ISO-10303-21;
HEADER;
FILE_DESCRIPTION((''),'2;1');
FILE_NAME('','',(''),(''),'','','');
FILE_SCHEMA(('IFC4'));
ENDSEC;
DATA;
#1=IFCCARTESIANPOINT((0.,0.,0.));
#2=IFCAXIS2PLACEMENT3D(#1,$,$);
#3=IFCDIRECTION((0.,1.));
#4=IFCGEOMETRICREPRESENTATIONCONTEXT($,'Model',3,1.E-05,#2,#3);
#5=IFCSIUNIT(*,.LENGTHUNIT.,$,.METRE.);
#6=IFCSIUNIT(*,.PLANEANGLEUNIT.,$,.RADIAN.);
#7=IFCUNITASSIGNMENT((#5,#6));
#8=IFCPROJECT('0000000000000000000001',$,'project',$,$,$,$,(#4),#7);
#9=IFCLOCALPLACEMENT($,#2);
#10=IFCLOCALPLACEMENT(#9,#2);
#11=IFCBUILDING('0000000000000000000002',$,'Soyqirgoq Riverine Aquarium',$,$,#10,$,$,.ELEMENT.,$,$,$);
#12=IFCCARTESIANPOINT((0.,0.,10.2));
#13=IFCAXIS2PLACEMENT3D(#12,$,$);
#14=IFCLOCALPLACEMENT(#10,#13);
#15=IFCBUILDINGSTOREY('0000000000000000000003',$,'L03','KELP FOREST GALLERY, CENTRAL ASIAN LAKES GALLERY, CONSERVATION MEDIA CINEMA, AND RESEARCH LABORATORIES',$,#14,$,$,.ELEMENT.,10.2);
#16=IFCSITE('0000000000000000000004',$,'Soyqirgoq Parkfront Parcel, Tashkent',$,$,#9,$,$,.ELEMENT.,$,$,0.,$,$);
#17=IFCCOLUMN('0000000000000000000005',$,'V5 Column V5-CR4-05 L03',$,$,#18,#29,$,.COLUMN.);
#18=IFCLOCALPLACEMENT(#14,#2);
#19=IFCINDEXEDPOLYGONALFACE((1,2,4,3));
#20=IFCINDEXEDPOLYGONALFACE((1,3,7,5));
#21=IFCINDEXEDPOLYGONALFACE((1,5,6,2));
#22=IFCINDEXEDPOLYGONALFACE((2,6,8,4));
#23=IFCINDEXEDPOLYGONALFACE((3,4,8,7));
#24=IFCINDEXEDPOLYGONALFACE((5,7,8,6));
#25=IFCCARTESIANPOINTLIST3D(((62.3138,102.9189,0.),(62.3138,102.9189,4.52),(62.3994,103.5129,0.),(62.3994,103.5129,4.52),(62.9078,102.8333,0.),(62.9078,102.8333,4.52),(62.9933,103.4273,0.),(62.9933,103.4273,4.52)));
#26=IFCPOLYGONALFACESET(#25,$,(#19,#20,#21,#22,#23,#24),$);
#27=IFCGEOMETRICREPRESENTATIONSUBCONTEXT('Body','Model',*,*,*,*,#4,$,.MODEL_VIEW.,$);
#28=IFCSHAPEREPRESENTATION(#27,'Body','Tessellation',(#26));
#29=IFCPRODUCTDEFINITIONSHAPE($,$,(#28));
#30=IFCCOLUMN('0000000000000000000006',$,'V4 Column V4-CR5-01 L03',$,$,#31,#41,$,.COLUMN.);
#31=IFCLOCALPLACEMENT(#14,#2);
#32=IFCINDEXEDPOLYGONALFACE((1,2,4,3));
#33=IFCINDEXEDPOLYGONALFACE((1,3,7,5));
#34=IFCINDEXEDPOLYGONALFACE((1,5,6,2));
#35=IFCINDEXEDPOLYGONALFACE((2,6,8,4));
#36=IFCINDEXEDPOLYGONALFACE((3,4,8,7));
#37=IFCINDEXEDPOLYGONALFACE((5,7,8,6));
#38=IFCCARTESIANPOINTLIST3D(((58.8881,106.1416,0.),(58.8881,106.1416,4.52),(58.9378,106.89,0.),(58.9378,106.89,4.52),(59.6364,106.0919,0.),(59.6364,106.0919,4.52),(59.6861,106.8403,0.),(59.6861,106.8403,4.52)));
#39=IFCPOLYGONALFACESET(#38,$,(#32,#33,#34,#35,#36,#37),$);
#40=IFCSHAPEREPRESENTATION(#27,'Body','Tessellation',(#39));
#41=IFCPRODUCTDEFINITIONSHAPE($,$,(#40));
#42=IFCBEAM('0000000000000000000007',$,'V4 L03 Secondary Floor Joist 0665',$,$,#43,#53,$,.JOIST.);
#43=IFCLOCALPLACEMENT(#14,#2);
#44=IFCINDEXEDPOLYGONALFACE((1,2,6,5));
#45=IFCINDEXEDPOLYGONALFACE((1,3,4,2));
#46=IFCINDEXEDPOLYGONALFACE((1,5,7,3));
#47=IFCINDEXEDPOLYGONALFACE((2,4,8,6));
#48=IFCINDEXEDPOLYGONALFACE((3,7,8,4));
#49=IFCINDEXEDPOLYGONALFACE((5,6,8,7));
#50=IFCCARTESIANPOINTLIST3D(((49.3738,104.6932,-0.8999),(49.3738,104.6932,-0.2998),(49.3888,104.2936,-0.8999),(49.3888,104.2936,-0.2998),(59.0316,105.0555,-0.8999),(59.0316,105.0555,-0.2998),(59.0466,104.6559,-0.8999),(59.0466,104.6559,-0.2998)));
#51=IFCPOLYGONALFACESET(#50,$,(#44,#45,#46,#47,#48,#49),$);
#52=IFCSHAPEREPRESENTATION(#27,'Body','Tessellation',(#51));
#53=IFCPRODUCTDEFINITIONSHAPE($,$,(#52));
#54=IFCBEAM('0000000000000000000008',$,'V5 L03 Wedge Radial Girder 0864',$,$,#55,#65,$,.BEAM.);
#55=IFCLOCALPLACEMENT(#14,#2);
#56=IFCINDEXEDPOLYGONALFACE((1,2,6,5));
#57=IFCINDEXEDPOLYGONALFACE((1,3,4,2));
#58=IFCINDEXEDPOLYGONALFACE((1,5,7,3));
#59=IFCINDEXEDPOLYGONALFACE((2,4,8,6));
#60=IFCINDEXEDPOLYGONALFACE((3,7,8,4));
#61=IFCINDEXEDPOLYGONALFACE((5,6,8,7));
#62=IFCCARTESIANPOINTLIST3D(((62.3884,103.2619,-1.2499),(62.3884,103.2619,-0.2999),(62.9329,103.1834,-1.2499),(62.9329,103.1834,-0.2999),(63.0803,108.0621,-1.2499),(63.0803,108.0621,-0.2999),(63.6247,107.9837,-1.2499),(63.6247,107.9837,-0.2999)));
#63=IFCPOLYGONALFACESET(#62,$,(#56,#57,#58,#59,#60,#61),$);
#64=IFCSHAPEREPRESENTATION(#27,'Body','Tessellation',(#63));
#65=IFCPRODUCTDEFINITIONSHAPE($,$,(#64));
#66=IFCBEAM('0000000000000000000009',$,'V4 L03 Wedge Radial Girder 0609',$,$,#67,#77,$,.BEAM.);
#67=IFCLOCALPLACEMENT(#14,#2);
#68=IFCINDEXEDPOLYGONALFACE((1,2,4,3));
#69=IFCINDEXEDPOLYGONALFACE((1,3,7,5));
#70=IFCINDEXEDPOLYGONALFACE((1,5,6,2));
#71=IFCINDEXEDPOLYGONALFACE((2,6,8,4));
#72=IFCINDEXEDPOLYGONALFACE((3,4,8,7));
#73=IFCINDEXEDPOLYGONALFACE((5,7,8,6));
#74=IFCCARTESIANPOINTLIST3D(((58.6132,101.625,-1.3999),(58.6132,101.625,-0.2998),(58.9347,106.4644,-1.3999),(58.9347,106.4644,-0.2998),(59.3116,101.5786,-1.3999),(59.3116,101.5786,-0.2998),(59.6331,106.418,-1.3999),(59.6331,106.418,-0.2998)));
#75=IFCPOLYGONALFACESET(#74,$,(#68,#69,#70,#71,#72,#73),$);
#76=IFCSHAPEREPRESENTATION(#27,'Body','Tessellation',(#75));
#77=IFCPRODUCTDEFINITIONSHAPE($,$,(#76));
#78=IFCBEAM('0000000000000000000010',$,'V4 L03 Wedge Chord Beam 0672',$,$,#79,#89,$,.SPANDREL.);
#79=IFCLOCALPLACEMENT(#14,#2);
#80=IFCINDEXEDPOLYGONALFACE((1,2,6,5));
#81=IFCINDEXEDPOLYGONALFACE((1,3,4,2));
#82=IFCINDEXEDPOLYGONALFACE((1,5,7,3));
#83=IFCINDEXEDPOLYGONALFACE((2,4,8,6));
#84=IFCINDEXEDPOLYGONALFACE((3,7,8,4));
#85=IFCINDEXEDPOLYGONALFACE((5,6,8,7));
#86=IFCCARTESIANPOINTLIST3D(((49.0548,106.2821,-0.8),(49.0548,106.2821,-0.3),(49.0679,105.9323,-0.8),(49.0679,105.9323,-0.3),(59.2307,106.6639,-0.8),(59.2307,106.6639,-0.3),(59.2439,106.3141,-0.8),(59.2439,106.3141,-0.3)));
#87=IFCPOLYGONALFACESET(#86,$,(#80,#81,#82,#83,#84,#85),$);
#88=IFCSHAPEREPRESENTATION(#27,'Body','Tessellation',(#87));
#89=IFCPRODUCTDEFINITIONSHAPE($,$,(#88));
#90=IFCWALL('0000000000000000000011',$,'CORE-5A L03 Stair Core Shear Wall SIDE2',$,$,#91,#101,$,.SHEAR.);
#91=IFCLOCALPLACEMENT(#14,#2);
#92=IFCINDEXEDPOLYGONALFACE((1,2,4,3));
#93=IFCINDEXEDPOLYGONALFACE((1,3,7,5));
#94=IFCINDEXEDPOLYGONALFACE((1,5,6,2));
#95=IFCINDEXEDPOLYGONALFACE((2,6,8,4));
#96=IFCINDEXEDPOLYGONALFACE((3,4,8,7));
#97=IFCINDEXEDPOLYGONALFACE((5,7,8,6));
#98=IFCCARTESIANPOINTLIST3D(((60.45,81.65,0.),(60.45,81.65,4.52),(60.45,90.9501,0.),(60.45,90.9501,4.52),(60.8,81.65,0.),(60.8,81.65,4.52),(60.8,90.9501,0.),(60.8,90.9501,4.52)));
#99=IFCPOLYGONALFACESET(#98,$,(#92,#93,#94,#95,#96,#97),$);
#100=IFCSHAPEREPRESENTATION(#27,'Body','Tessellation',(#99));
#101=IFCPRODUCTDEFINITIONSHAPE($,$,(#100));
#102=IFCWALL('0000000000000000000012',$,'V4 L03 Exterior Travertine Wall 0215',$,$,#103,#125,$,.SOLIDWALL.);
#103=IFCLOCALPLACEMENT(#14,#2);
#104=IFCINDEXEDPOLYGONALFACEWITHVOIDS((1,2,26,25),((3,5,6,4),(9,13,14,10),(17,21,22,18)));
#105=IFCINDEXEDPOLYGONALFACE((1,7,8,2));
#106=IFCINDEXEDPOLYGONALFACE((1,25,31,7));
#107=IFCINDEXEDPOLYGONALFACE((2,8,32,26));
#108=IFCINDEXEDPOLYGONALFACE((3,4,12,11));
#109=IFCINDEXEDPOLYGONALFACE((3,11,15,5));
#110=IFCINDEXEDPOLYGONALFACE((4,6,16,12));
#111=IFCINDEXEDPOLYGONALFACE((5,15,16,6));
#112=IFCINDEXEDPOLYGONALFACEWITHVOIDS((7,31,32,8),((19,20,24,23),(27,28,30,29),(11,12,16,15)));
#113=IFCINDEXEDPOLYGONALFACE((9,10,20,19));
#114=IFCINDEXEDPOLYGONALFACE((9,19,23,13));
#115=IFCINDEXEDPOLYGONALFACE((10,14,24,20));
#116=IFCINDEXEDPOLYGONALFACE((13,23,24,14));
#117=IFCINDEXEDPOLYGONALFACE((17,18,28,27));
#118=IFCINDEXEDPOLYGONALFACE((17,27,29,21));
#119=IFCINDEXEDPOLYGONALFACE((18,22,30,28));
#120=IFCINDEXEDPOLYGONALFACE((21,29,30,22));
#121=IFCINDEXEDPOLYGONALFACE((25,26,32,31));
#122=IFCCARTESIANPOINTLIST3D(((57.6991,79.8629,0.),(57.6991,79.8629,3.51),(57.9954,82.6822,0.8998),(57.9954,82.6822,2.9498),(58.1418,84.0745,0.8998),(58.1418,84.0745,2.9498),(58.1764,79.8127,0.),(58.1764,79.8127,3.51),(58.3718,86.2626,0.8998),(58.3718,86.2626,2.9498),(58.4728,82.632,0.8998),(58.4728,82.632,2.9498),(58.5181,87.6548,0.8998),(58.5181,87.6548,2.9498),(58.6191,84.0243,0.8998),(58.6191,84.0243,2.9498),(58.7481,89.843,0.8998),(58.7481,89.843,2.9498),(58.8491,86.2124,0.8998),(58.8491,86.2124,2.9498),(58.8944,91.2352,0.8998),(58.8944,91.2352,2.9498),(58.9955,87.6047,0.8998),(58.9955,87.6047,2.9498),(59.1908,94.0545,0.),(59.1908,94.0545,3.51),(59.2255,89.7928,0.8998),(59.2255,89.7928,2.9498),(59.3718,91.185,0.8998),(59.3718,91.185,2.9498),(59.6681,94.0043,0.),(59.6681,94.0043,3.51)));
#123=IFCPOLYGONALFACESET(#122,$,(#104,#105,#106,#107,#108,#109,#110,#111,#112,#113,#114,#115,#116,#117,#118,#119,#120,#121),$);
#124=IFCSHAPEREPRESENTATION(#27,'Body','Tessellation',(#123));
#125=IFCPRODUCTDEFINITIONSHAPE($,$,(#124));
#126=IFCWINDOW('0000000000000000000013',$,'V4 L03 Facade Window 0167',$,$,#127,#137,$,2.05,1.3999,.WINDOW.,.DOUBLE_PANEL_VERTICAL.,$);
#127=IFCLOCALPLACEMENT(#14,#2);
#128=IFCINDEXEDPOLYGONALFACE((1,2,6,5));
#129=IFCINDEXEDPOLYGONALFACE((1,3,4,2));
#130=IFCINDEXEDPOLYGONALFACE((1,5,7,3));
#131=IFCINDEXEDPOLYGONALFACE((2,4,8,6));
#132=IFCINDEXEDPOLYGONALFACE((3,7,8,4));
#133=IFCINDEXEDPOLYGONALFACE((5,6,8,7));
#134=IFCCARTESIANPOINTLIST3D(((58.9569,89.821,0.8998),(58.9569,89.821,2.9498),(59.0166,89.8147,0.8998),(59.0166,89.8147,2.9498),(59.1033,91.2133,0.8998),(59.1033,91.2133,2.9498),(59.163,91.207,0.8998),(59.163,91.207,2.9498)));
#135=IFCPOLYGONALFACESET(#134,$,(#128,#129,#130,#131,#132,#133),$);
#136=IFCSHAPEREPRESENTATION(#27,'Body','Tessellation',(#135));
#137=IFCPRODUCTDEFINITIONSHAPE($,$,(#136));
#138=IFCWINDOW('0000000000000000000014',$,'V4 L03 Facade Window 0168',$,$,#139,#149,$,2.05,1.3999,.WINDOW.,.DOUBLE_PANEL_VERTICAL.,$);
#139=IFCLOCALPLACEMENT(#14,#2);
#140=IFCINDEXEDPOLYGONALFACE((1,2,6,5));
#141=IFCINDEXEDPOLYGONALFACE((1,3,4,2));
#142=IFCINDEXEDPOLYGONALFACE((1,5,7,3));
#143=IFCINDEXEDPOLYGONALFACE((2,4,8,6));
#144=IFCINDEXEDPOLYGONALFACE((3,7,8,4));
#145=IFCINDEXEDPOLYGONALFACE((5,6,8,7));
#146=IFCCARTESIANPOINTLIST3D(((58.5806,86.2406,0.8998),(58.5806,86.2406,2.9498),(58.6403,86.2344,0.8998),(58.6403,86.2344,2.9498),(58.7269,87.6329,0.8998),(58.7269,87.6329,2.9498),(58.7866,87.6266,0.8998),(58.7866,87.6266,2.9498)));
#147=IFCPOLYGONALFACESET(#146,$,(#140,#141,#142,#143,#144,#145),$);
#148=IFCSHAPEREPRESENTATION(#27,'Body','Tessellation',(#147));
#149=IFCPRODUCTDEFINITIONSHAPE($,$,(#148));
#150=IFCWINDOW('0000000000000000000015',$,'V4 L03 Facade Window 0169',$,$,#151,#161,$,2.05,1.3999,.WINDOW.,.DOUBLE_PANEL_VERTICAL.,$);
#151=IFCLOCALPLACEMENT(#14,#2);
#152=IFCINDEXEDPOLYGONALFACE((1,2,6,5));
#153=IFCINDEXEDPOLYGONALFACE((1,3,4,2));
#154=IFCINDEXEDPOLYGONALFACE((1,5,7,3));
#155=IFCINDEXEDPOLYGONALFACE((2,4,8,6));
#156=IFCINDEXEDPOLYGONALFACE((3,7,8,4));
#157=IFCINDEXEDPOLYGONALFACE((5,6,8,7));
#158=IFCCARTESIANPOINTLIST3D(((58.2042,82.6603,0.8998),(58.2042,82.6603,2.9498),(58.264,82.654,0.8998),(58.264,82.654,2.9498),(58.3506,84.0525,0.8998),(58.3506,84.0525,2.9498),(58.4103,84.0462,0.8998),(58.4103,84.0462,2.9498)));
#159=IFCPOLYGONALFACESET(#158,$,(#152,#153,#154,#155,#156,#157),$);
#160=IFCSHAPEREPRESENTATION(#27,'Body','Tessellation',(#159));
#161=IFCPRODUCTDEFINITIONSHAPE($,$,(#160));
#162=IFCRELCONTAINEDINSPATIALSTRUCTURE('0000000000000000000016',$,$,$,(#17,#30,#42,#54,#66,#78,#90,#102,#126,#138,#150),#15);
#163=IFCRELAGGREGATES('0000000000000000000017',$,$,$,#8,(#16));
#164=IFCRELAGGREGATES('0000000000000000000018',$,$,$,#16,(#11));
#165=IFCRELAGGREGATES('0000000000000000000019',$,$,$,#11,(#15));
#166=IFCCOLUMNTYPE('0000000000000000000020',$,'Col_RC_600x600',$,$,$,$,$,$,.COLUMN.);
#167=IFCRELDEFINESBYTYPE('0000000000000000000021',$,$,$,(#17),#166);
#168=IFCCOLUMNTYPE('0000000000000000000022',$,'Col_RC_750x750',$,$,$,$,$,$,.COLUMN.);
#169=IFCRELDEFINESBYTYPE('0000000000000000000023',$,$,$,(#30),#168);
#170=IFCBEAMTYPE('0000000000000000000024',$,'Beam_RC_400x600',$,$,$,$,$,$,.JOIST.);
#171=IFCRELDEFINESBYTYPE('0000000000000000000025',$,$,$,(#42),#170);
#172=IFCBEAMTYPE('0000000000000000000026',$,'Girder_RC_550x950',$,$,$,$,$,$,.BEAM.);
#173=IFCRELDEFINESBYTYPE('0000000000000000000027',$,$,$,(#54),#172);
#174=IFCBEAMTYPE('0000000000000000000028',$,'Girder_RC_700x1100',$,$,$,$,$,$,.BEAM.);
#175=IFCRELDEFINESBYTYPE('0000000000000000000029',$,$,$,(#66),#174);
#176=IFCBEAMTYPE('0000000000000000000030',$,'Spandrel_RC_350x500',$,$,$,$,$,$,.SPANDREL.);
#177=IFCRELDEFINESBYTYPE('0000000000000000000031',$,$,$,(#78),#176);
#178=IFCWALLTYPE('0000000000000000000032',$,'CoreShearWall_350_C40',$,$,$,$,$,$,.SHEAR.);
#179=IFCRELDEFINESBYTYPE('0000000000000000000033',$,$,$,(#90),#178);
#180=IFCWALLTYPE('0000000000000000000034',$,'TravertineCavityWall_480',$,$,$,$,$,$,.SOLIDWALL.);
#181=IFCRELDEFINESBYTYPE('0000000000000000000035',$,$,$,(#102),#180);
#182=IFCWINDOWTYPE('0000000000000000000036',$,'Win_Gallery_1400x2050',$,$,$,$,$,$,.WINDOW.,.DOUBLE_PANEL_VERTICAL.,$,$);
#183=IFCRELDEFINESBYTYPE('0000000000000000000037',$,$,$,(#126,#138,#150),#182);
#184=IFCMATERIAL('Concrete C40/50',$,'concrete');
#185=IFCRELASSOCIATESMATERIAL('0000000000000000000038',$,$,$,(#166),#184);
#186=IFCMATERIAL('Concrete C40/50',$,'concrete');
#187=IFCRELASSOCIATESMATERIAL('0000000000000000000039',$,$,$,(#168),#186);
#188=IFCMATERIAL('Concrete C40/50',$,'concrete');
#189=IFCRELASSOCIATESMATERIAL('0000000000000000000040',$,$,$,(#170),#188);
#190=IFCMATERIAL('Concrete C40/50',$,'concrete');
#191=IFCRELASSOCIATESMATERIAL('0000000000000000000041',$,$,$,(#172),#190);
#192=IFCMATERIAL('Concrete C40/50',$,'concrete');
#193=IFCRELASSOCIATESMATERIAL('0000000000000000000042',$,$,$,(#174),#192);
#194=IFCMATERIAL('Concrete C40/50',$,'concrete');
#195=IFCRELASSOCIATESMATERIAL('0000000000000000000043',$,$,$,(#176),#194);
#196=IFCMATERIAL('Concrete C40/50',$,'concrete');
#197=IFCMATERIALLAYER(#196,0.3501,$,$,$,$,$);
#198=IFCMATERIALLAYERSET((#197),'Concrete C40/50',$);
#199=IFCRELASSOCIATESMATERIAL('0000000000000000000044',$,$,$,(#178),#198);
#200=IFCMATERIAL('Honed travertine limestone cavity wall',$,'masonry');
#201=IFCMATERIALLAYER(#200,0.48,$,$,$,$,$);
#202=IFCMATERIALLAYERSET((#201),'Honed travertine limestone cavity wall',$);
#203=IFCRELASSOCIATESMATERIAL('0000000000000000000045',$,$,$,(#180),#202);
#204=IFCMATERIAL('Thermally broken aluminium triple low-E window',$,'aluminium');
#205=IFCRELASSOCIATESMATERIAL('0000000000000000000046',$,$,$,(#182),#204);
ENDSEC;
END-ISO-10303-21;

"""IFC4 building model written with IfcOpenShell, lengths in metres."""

from ifc_helpers import new_model, si_unit, direction, frame, frame_2d, origin, origin_2d, place, context, subcontext, project, spatial, rectangle, extrude, material, layer, layer_set, material_profile, profile_set, type_object, element, fill, save


model = new_model("IFC4")

# Units and contexts
model_context = context("Model", 3, precision=1e-05, world=origin(), true_north=direction((0.0, 1.0)))
body_context = subcontext(model_context, "Body", "Model", "MODEL_VIEW")
ifc_project = project(units=[si_unit("LENGTHUNIT", "METRE"), si_unit("PLANEANGLEUNIT", "RADIAN")], contexts=[model_context])

# Site, building, storey
site_placement = place(None, origin())
site = spatial("IfcSite", under=ifc_project, at=site_placement, Name="Soyqirgoq Parkfront Parcel, Tashkent", CompositionType="ELEMENT", RefElevation=0.0)
building_placement = place(site_placement, origin())
building = spatial("IfcBuilding", under=site, at=building_placement, Name="Soyqirgoq Riverine Aquarium", CompositionType="ELEMENT")
storey_placement = place(building_placement, frame((0.0, 0.0, 10.2)))
storey = spatial("IfcBuildingStorey", under=building, at=storey_placement, Name="L03", Description="KELP FOREST GALLERY, CENTRAL ASIAN LAKES GALLERY, CONSERVATION MEDIA CINEMA, AND RESEARCH LABORATORIES", CompositionType="ELEMENT", Elevation=10.2)

# Columns
ifc_material_1 = material(Name="Concrete C40/50", Category="concrete")
ifc_material_profile_1 = material_profile(ifc_material_1, rectangle(XDim=0.6001, YDim=0.6001, at=origin_2d()), Name="RC 600x600")
ifc_profile_set_1 = profile_set([ifc_material_profile_1], Name="Concrete C40/50")
column_type_1 = type_object("IfcColumnType", Name="Col_RC_600x600", PredefinedType="COLUMN", material=ifc_profile_set_1)
column_1_placement = place(storey_placement, frame((62.6536, 103.1731, 0.0), z_axis=(0.0, 0.0, 1.0), x_axis=(0.142629, 0.989776, 0.0)))
element("IfcColumn", 1, at=column_1_placement, inside=storey, type_object=column_type_1, Name="V5 Column V5-CR4-05 L03", PredefinedType="COLUMN", context=body_context, shape_type="SweptSolid", body=[
    extrude(rectangle(XDim=0.6001, YDim=0.6001, at=origin_2d()), origin(), (0.0, 0.0, 1.0), 4.52),
])
ifc_material_2 = material(Name="Concrete C40/50", Category="concrete")
ifc_material_profile_2 = material_profile(ifc_material_2, rectangle(XDim=0.75, YDim=0.75, at=origin_2d()), Name="RC 750x750")
ifc_profile_set_2 = profile_set([ifc_material_profile_2], Name="Concrete C40/50")
column_type_2 = type_object("IfcColumnType", Name="Col_RC_750x750", PredefinedType="COLUMN", material=ifc_profile_set_2)
column_2_placement = place(storey_placement, frame((59.2871, 106.491, 0.0), z_axis=(0.0, 0.0, 1.0), x_axis=(0.066274, 0.997801, 0.0)))
element("IfcColumn", 2, at=column_2_placement, inside=storey, type_object=column_type_2, Name="V4 Column V4-CR5-01 L03", PredefinedType="COLUMN", context=body_context, shape_type="SweptSolid", body=[
    extrude(rectangle(XDim=0.75, YDim=0.75, at=origin_2d()), origin(), (0.0, 0.0, 1.0), 4.52),
])

# Beams
ifc_material_3 = material(Name="Concrete C40/50", Category="concrete")
ifc_material_profile_3 = material_profile(ifc_material_3, rectangle(XDim=0.3999, YDim=0.6001, at=origin_2d()), Name="RC 400x600")
ifc_profile_set_3 = profile_set([ifc_material_profile_3], Name="Concrete C40/50")
beam_type_1 = type_object("IfcBeamType", Name="Beam_RC_400x600", PredefinedType="JOIST", material=ifc_profile_set_3)
beam_1_placement = place(storey_placement, frame((59.0391, 104.8557, -0.5999), z_axis=(-0.999297, -0.037488, 0.0), x_axis=(0.037488, -0.999297, 0.0)))
element("IfcBeam", 3, at=beam_1_placement, inside=storey, type_object=beam_type_1, Name="V4 L03 Secondary Floor Joist 0665", PredefinedType="JOIST", context=body_context, shape_type="SweptSolid", body=[
    extrude(rectangle(XDim=0.3999, YDim=0.6001, at=origin_2d()), origin(), (0.0, 0.0, 1.0), 9.6646),
])
ifc_material_4 = material(Name="Concrete C40/50", Category="concrete")
ifc_material_profile_4 = material_profile(ifc_material_4, rectangle(XDim=0.55, YDim=0.95, at=origin_2d()), Name="RC 550x950")
ifc_profile_set_4 = profile_set([ifc_material_profile_4], Name="Concrete C40/50")
beam_type_2 = type_object("IfcBeamType", Name="Girder_RC_550x950", PredefinedType="BEAM", material=ifc_profile_set_4)
beam_2_placement = place(storey_placement, frame((62.6606, 103.2227, -0.7749), z_axis=(0.142662, 0.989772, 0.0), x_axis=(-0.989772, 0.142662, 0.0)))
element("IfcBeam", 4, at=beam_2_placement, inside=storey, type_object=beam_type_2, Name="V5 L03 Wedge Radial Girder 0864", PredefinedType="BEAM", context=body_context, shape_type="SweptSolid", body=[
    extrude(rectangle(XDim=0.55, YDim=0.95, at=origin_2d()), origin(), (0.0, 0.0, 1.0), 4.8499),
])
ifc_material_5 = material(Name="Concrete C40/50", Category="concrete")
ifc_material_profile_5 = material_profile(ifc_material_5, rectangle(XDim=0.7, YDim=1.1001, at=origin_2d()), Name="RC 700x1100")
ifc_profile_set_5 = profile_set([ifc_material_profile_5], Name="Concrete C40/50")
beam_type_3 = type_object("IfcBeamType", Name="Girder_RC_700x1100", PredefinedType="BEAM", material=ifc_profile_set_5)
beam_3_placement = place(storey_placement, frame((58.9624, 101.6018, -0.8499), z_axis=(0.066295, 0.9978, 0.0), x_axis=(-0.9978, 0.066295, 0.0)))
element("IfcBeam", 5, at=beam_3_placement, inside=storey, type_object=beam_type_3, Name="V4 L03 Wedge Radial Girder 0609", PredefinedType="BEAM", context=body_context, shape_type="SweptSolid", body=[
    extrude(rectangle(XDim=0.7, YDim=1.1001, at=origin_2d()), origin(), (0.0, 0.0, 1.0), 4.8501),
])
ifc_material_6 = material(Name="Concrete C40/50", Category="concrete")
ifc_material_profile_6 = material_profile(ifc_material_6, rectangle(XDim=0.3501, YDim=0.5, at=origin_2d()), Name="RC 350x500")
ifc_profile_set_6 = profile_set([ifc_material_profile_6], Name="Concrete C40/50")
beam_type_4 = type_object("IfcBeamType", Name="Spandrel_RC_350x500", PredefinedType="SPANDREL", material=ifc_profile_set_6)
beam_4_placement = place(storey_placement, frame((59.2373, 106.489, -0.55), z_axis=(-0.999297, -0.037497, 0.0), x_axis=(0.037497, -0.999297, 0.0)))
element("IfcBeam", 6, at=beam_4_placement, inside=storey, type_object=beam_type_4, Name="V4 L03 Wedge Chord Beam 0672", PredefinedType="SPANDREL", context=body_context, shape_type="SweptSolid", body=[
    extrude(rectangle(XDim=0.3501, YDim=0.5, at=origin_2d()), origin(), (0.0, 0.0, 1.0), 10.1831),
])

# Wall
ifc_material_7 = material(Name="Concrete C40/50", Category="concrete")
ifc_layer_1 = layer(ifc_material_7, 0.3501)
ifc_layer_set_1 = layer_set([ifc_layer_1], Name="Concrete C40/50")
wall_type_1 = type_object("IfcWallType", Name="CoreShearWall_350_C40", PredefinedType="SHEAR", material=ifc_layer_set_1)
wall_1_placement = place(storey_placement, frame((60.625, 90.95, 0.0), z_axis=(0.0, 0.0, 1.0), x_axis=(0.0, -1.0, 0.0)))
element("IfcWall", 7, at=wall_1_placement, inside=storey, type_object=wall_type_1, Name="CORE-5A L03 Stair Core Shear Wall SIDE2", PredefinedType="SHEAR", context=body_context, shape_type="SweptSolid", body=[
    extrude(rectangle(XDim=9.3, YDim=0.3501, at=frame_2d((4.6499, 0.0))), origin(), (0.0, 0.0, 1.0), 4.52),
])

# Wall, openings, windows
ifc_material_8 = material(Name="Honed travertine limestone cavity wall", Category="masonry")
ifc_layer_2 = layer(ifc_material_8, 0.48)
ifc_layer_set_2 = layer_set([ifc_layer_2], Name="Honed travertine limestone cavity wall")
wall_type_2 = type_object("IfcWallType", Name="TravertineCavityWall_480", PredefinedType="SOLIDWALL", material=ifc_layer_set_2)
wall_2_placement = place(storey_placement, frame((59.4294, 94.0293, 0.0), z_axis=(0.0, 0.0, 1.0), x_axis=(-0.104535, -0.994521, 0.0)))
wall_2 = element("IfcWall", 8, at=wall_2_placement, inside=storey, type_object=wall_type_2, Name="V4 L03 Exterior Travertine Wall 0215", PredefinedType="SOLIDWALL", context=body_context, shape_type="SweptSolid", body=[
    extrude(rectangle(XDim=14.2698, YDim=0.48, at=frame_2d((7.1348, 0.0))), origin(), (0.0, 0.0, 1.0), 3.51),
])
opening_1_placement = place(wall_2_placement, frame((2.8347, 0.0, 0.8999)))
opening_1 = element("IfcOpeningElement", 9, at=opening_1_placement, cuts=wall_2, PredefinedType="OPENING", context=body_context, shape_type="SweptSolid", body=[
    extrude(rectangle(XDim=1.3999, YDim=2.05, at=frame_2d((0.7, 1.0249))), frame((0.0, 0.25, 0.0), z_axis=(0.0, -1.0, 0.0), x_axis=(1.0, 0.0, 0.0)), (0.0, 0.0, 1.0), 0.5),
])
opening_2_placement = place(wall_2_placement, frame((6.4348, 0.0, 0.8999)))
opening_2 = element("IfcOpeningElement", 10, at=opening_2_placement, cuts=wall_2, PredefinedType="OPENING", context=body_context, shape_type="SweptSolid", body=[
    extrude(rectangle(XDim=1.3999, YDim=2.05, at=frame_2d((0.7, 1.0249))), frame((0.0, 0.25, 0.0), z_axis=(0.0, -1.0, 0.0), x_axis=(1.0, 0.0, 0.0)), (0.0, 0.0, 1.0), 0.5),
])
opening_3_placement = place(wall_2_placement, frame((10.0349, 0.0, 0.8999)))
opening_3 = element("IfcOpeningElement", 11, at=opening_3_placement, cuts=wall_2, PredefinedType="OPENING", context=body_context, shape_type="SweptSolid", body=[
    extrude(rectangle(XDim=1.3999, YDim=2.05, at=frame_2d((0.7, 1.0249))), frame((0.0, 0.25, 0.0), z_axis=(0.0, -1.0, 0.0), x_axis=(1.0, 0.0, 0.0)), (0.0, 0.0, 1.0), 0.5),
])
ifc_material_9 = material(Name="Thermally broken aluminium triple low-E window", Category="aluminium")
window_type_1 = type_object("IfcWindowType", Name="Win_Gallery_1400x2050", PartitioningType="DOUBLE_PANEL_VERTICAL", PredefinedType="WINDOW", material=ifc_material_9)
window_1_placement = place(opening_1_placement, origin())
window_1 = element("IfcWindow", 12, at=window_1_placement, inside=storey, type_object=window_type_1, Name="V4 L03 Facade Window 0167", OverallHeight=2.05, OverallWidth=1.3999, PartitioningType="DOUBLE_PANEL_VERTICAL", PredefinedType="WINDOW", context=body_context, shape_type="SweptSolid", body=[
    extrude(rectangle(XDim=1.3999, YDim=2.05, at=frame_2d((0.7, 1.0249))), frame((0.0, 0.03, 0.0), z_axis=(0.0, -1.0, 0.0), x_axis=(1.0, 0.0, 0.0)), (0.0, 0.0, 1.0), 0.0601),
])
fill(opening_1, window_1)
window_2_placement = place(opening_2_placement, origin())
window_2 = element("IfcWindow", 13, at=window_2_placement, inside=storey, type_object=window_type_1, Name="V4 L03 Facade Window 0168", OverallHeight=2.05, OverallWidth=1.3999, PartitioningType="DOUBLE_PANEL_VERTICAL", PredefinedType="WINDOW", context=body_context, shape_type="SweptSolid", body=[
    extrude(rectangle(XDim=1.3999, YDim=2.05, at=frame_2d((0.7, 1.0249))), frame((0.0, 0.03, 0.0), z_axis=(0.0, -1.0, 0.0), x_axis=(1.0, 0.0, 0.0)), (0.0, 0.0, 1.0), 0.0601),
])
fill(opening_2, window_2)
window_3_placement = place(opening_3_placement, origin())
window_3 = element("IfcWindow", 14, at=window_3_placement, inside=storey, type_object=window_type_1, Name="V4 L03 Facade Window 0169", OverallHeight=2.05, OverallWidth=1.3999, PartitioningType="DOUBLE_PANEL_VERTICAL", PredefinedType="WINDOW", context=body_context, shape_type="SweptSolid", body=[
    extrude(rectangle(XDim=1.3999, YDim=2.05, at=frame_2d((0.7, 1.0249))), frame((0.0, 0.03, 0.0), z_axis=(0.0, -1.0, 0.0), x_axis=(1.0, 0.0, 0.0)), (0.0, 0.0, 1.0), 0.0601),
])
fill(opening_3, window_3)

save(model, "model.ifc")
